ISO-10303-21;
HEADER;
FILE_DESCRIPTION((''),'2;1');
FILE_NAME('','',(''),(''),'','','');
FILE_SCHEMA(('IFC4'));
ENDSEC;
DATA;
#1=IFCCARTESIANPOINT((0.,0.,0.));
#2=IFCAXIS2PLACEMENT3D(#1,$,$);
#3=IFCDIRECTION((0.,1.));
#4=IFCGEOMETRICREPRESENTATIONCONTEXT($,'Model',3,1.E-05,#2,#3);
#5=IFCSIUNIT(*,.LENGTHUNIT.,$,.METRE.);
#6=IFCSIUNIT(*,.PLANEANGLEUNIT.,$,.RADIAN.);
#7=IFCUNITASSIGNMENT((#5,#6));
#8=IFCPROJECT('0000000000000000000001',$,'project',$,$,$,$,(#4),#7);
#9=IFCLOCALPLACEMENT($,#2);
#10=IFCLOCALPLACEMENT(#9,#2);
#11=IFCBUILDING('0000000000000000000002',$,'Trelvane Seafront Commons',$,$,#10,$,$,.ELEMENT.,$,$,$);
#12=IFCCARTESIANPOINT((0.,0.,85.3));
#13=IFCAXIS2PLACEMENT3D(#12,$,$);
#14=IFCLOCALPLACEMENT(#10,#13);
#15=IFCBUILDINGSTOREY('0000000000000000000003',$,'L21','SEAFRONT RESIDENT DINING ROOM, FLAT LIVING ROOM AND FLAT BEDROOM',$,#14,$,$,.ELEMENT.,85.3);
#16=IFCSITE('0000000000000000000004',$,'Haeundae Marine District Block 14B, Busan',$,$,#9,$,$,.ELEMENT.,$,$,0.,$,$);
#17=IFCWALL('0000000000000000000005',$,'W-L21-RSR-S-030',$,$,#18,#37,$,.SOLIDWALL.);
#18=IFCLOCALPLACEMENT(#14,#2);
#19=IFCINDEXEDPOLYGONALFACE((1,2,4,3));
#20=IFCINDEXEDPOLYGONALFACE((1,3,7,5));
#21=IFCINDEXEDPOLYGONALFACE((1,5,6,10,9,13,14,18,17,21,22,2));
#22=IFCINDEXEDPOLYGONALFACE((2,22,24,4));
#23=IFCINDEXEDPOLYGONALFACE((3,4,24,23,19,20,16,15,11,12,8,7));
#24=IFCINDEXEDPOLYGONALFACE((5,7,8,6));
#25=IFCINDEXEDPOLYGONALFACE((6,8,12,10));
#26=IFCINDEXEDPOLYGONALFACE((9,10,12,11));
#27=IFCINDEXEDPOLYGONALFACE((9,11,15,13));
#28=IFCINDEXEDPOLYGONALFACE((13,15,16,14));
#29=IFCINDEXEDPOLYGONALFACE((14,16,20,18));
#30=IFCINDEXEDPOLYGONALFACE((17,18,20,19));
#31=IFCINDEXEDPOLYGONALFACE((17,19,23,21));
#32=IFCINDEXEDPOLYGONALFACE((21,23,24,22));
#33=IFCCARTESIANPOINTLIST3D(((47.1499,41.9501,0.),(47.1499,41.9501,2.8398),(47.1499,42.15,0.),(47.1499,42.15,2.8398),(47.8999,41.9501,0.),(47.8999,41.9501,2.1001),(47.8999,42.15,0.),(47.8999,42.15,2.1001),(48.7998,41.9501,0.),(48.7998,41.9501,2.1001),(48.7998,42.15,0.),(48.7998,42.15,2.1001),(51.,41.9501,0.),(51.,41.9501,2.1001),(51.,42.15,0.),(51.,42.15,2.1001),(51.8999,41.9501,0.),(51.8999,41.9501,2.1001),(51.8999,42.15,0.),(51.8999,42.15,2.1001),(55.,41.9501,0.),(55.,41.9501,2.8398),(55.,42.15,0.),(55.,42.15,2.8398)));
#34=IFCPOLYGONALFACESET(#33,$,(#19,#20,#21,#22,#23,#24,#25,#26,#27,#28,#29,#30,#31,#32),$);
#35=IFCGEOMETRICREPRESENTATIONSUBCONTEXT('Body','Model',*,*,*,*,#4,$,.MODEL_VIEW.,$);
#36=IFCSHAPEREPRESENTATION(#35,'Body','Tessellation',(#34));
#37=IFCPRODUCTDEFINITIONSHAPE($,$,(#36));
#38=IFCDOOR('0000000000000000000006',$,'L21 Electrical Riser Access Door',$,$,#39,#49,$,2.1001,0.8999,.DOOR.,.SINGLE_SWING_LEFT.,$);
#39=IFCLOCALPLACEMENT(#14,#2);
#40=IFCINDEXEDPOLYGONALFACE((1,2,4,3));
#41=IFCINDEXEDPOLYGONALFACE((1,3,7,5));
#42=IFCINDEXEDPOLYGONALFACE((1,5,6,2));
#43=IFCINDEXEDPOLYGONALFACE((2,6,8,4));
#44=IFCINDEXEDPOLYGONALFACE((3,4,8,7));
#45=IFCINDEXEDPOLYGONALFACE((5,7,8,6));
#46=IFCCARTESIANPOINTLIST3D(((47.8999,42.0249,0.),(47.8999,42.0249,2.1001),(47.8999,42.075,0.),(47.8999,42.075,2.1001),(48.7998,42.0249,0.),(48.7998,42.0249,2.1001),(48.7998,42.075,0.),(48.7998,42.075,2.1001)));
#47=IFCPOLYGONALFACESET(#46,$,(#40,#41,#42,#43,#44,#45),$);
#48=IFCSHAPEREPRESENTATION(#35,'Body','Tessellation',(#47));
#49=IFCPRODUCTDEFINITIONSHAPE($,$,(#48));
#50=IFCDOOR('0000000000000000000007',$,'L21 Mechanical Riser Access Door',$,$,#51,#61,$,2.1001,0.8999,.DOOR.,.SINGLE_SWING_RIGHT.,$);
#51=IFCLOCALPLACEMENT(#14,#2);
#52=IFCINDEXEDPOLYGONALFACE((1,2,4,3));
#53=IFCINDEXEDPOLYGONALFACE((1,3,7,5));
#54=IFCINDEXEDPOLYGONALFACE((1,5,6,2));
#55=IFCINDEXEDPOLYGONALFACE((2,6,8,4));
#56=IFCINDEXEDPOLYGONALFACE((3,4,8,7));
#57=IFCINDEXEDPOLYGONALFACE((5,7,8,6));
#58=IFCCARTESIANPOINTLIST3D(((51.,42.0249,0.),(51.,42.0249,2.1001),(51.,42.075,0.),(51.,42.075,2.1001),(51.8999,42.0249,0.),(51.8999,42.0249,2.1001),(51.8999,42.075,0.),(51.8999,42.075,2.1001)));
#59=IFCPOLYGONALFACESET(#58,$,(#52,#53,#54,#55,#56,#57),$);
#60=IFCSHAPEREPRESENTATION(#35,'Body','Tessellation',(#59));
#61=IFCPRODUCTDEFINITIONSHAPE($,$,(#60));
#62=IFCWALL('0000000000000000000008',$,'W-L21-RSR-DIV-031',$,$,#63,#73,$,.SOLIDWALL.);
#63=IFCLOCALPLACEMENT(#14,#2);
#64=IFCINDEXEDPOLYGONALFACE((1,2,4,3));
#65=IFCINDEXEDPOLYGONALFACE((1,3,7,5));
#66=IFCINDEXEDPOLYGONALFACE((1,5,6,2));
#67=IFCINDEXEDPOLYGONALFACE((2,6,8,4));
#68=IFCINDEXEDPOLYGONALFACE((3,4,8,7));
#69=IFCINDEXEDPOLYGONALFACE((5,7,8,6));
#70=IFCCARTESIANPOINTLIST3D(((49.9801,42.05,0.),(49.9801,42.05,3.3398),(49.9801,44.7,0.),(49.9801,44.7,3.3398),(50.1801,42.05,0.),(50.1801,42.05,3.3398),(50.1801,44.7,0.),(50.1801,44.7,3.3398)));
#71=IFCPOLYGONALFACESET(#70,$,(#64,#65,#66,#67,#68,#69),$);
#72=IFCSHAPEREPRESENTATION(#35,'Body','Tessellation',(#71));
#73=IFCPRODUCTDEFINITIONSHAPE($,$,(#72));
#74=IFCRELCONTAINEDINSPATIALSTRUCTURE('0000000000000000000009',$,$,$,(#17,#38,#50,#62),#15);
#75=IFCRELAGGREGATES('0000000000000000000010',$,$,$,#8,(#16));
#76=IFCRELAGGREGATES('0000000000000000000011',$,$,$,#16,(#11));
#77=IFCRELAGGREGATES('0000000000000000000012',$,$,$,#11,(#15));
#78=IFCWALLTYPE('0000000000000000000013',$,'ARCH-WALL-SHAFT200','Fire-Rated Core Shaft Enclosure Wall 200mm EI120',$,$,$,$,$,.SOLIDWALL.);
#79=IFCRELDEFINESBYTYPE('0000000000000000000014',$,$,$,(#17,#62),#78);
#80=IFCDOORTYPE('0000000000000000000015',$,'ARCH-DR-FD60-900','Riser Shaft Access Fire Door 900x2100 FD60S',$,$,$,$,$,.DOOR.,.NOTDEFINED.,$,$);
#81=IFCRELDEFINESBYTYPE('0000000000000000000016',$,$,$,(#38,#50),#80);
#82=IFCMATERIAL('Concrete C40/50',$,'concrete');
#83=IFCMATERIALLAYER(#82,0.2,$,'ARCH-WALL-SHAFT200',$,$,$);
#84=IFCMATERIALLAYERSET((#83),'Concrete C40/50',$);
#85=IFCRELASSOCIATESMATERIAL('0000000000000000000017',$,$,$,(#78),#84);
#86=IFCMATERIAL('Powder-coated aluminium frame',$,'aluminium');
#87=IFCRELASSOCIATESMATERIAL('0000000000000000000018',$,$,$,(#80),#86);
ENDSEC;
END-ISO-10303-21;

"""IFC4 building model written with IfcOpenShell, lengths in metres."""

from ifc_helpers import new_model, si_unit, direction, frame, frame_2d, origin, place, context, subcontext, project, spatial, rectangle, extrude, source, transform, mapped, material, layer, layer_set, type_object, element, fill, save


model = new_model("IFC4")

# Units and contexts
model_context = context("Model", 3, precision=1e-05, world=origin(), true_north=direction((0.0, 1.0)))
body_context = subcontext(model_context, "Body", "Model", "MODEL_VIEW")
ifc_project = project(units=[si_unit("LENGTHUNIT", "METRE"), si_unit("PLANEANGLEUNIT", "RADIAN")], contexts=[model_context])

# Site, building, storey
site_placement = place(None, origin())
site = spatial("IfcSite", under=ifc_project, at=site_placement, Name="Haeundae Marine District Block 14B, Busan", CompositionType="ELEMENT", RefElevation=0.0)
building_placement = place(site_placement, origin())
building = spatial("IfcBuilding", under=site, at=building_placement, Name="Trelvane Seafront Commons", CompositionType="ELEMENT")
storey_placement = place(building_placement, frame((0.0, 0.0, 85.3)))
storey = spatial("IfcBuildingStorey", under=building, at=storey_placement, Name="L21", Description="SEAFRONT RESIDENT DINING ROOM, FLAT LIVING ROOM AND FLAT BEDROOM", CompositionType="ELEMENT", Elevation=85.3)

# Shared definitions
ifc_material_1 = material(Name="Concrete C40/50", Category="concrete")
ifc_layer_1 = layer(ifc_material_1, 0.2, Name="ARCH-WALL-SHAFT200")
ifc_layer_set_1 = layer_set([ifc_layer_1], Name="Concrete C40/50")
wall_type_1 = type_object("IfcWallType", Name="ARCH-WALL-SHAFT200", Description="Fire-Rated Core Shaft Enclosure Wall 200mm EI120", PredefinedType="SOLIDWALL", material=ifc_layer_set_1)

# Wall, openings, doors
wall_1_placement = place(storey_placement, frame((47.1499, 42.05, 0.0), z_axis=(0.0, 0.0, 1.0), x_axis=(1.0, 0.0, 0.0)))
wall_1 = element("IfcWall", 1, at=wall_1_placement, inside=storey, type_object=wall_type_1, Name="W-L21-RSR-S-030", PredefinedType="SOLIDWALL", context=body_context, shape_type="SweptSolid", body=[
    extrude(rectangle(XDim=7.8501, YDim=0.2, at=frame_2d((3.925, 0.0))), origin(), (0.0, 0.0, 1.0), 2.8398),
])
opening_1_placement = place(wall_1_placement, frame((0.75, 0.0, 0.0)))
opening_1 = element("IfcOpeningElement", 2, at=opening_1_placement, cuts=wall_1, PredefinedType="OPENING", context=body_context, shape_type="SweptSolid", body=[
    extrude(rectangle(XDim=0.8999, YDim=2.1001, at=frame_2d((0.45, 1.05))), frame((0.0, 0.1099, 0.0), z_axis=(0.0, -1.0, 0.0), x_axis=(1.0, 0.0, 0.0)), (0.0, 0.0, 1.0), 0.22),
])
opening_2_placement = place(wall_1_placement, frame((3.8501, 0.0, 0.0)))
opening_2 = element("IfcOpeningElement", 3, at=opening_2_placement, cuts=wall_1, PredefinedType="OPENING", context=body_context, shape_type="SweptSolid", body=[
    extrude(rectangle(XDim=0.8999, YDim=2.1001, at=frame_2d((0.45, 1.05))), frame((0.0, 0.1099, 0.0), z_axis=(0.0, -1.0, 0.0), x_axis=(1.0, 0.0, 0.0)), (0.0, 0.0, 1.0), 0.22),
])
ifc_material_2 = material(Name="Powder-coated aluminium frame", Category="aluminium")
door_type_1 = type_object("IfcDoorType", Name="ARCH-DR-FD60-900", Description="Riser Shaft Access Fire Door 900x2100 FD60S", OperationType="NOTDEFINED", PredefinedType="DOOR", material=ifc_material_2)
shared_shape_1 = source(origin(), body_context, "Body", "SweptSolid", [
    extrude(rectangle(XDim=0.8999, YDim=2.1001, at=frame_2d((0.45, 1.05))), frame((0.0, 0.0249, 0.0), z_axis=(0.0, -1.0, 0.0), x_axis=(1.0, 0.0, 0.0)), (0.0, 0.0, 1.0), 0.05),
])
door_1_placement = place(opening_1_placement, origin())
door_1 = element("IfcDoor", 4, at=door_1_placement, inside=storey, type_object=door_type_1, Name="L21 Electrical Riser Access Door", OperationType="SINGLE_SWING_LEFT", OverallHeight=2.1001, OverallWidth=0.8999, PredefinedType="DOOR", context=body_context, shape_type="MappedRepresentation", body=[
    mapped(shared_shape_1, transform((0.0, 0.0, 0.0), x_axis=(1.0, 0.0, 0.0), y_axis=(0.0, 1.0, 0.0), z_axis=(0.0, 0.0, 1.0), scale=1.0)),
])
fill(opening_1, door_1)
door_2_placement = place(opening_2_placement, origin())
door_2 = element("IfcDoor", 5, at=door_2_placement, inside=storey, type_object=door_type_1, Name="L21 Mechanical Riser Access Door", OperationType="SINGLE_SWING_RIGHT", OverallHeight=2.1001, OverallWidth=0.8999, PredefinedType="DOOR", context=body_context, shape_type="MappedRepresentation", body=[
    mapped(shared_shape_1, transform((0.0, 0.0, 0.0), x_axis=(1.0, 0.0, 0.0), y_axis=(0.0, 1.0, 0.0), z_axis=(0.0, 0.0, 1.0), scale=1.0)),
])
fill(opening_2, door_2)

# Wall
wall_2_placement = place(storey_placement, frame((50.0801, 42.05, 0.0), z_axis=(0.0, 0.0, 1.0), x_axis=(0.0, 1.0, 0.0)))
element("IfcWall", 6, at=wall_2_placement, inside=storey, type_object=wall_type_1, Name="W-L21-RSR-DIV-031", PredefinedType="SOLIDWALL", context=body_context, shape_type="SweptSolid", body=[
    extrude(rectangle(XDim=2.6499, YDim=0.2, at=frame_2d((1.325, 0.0))), origin(), (0.0, 0.0, 1.0), 3.3398),
])

save(model, "model.ifc")
